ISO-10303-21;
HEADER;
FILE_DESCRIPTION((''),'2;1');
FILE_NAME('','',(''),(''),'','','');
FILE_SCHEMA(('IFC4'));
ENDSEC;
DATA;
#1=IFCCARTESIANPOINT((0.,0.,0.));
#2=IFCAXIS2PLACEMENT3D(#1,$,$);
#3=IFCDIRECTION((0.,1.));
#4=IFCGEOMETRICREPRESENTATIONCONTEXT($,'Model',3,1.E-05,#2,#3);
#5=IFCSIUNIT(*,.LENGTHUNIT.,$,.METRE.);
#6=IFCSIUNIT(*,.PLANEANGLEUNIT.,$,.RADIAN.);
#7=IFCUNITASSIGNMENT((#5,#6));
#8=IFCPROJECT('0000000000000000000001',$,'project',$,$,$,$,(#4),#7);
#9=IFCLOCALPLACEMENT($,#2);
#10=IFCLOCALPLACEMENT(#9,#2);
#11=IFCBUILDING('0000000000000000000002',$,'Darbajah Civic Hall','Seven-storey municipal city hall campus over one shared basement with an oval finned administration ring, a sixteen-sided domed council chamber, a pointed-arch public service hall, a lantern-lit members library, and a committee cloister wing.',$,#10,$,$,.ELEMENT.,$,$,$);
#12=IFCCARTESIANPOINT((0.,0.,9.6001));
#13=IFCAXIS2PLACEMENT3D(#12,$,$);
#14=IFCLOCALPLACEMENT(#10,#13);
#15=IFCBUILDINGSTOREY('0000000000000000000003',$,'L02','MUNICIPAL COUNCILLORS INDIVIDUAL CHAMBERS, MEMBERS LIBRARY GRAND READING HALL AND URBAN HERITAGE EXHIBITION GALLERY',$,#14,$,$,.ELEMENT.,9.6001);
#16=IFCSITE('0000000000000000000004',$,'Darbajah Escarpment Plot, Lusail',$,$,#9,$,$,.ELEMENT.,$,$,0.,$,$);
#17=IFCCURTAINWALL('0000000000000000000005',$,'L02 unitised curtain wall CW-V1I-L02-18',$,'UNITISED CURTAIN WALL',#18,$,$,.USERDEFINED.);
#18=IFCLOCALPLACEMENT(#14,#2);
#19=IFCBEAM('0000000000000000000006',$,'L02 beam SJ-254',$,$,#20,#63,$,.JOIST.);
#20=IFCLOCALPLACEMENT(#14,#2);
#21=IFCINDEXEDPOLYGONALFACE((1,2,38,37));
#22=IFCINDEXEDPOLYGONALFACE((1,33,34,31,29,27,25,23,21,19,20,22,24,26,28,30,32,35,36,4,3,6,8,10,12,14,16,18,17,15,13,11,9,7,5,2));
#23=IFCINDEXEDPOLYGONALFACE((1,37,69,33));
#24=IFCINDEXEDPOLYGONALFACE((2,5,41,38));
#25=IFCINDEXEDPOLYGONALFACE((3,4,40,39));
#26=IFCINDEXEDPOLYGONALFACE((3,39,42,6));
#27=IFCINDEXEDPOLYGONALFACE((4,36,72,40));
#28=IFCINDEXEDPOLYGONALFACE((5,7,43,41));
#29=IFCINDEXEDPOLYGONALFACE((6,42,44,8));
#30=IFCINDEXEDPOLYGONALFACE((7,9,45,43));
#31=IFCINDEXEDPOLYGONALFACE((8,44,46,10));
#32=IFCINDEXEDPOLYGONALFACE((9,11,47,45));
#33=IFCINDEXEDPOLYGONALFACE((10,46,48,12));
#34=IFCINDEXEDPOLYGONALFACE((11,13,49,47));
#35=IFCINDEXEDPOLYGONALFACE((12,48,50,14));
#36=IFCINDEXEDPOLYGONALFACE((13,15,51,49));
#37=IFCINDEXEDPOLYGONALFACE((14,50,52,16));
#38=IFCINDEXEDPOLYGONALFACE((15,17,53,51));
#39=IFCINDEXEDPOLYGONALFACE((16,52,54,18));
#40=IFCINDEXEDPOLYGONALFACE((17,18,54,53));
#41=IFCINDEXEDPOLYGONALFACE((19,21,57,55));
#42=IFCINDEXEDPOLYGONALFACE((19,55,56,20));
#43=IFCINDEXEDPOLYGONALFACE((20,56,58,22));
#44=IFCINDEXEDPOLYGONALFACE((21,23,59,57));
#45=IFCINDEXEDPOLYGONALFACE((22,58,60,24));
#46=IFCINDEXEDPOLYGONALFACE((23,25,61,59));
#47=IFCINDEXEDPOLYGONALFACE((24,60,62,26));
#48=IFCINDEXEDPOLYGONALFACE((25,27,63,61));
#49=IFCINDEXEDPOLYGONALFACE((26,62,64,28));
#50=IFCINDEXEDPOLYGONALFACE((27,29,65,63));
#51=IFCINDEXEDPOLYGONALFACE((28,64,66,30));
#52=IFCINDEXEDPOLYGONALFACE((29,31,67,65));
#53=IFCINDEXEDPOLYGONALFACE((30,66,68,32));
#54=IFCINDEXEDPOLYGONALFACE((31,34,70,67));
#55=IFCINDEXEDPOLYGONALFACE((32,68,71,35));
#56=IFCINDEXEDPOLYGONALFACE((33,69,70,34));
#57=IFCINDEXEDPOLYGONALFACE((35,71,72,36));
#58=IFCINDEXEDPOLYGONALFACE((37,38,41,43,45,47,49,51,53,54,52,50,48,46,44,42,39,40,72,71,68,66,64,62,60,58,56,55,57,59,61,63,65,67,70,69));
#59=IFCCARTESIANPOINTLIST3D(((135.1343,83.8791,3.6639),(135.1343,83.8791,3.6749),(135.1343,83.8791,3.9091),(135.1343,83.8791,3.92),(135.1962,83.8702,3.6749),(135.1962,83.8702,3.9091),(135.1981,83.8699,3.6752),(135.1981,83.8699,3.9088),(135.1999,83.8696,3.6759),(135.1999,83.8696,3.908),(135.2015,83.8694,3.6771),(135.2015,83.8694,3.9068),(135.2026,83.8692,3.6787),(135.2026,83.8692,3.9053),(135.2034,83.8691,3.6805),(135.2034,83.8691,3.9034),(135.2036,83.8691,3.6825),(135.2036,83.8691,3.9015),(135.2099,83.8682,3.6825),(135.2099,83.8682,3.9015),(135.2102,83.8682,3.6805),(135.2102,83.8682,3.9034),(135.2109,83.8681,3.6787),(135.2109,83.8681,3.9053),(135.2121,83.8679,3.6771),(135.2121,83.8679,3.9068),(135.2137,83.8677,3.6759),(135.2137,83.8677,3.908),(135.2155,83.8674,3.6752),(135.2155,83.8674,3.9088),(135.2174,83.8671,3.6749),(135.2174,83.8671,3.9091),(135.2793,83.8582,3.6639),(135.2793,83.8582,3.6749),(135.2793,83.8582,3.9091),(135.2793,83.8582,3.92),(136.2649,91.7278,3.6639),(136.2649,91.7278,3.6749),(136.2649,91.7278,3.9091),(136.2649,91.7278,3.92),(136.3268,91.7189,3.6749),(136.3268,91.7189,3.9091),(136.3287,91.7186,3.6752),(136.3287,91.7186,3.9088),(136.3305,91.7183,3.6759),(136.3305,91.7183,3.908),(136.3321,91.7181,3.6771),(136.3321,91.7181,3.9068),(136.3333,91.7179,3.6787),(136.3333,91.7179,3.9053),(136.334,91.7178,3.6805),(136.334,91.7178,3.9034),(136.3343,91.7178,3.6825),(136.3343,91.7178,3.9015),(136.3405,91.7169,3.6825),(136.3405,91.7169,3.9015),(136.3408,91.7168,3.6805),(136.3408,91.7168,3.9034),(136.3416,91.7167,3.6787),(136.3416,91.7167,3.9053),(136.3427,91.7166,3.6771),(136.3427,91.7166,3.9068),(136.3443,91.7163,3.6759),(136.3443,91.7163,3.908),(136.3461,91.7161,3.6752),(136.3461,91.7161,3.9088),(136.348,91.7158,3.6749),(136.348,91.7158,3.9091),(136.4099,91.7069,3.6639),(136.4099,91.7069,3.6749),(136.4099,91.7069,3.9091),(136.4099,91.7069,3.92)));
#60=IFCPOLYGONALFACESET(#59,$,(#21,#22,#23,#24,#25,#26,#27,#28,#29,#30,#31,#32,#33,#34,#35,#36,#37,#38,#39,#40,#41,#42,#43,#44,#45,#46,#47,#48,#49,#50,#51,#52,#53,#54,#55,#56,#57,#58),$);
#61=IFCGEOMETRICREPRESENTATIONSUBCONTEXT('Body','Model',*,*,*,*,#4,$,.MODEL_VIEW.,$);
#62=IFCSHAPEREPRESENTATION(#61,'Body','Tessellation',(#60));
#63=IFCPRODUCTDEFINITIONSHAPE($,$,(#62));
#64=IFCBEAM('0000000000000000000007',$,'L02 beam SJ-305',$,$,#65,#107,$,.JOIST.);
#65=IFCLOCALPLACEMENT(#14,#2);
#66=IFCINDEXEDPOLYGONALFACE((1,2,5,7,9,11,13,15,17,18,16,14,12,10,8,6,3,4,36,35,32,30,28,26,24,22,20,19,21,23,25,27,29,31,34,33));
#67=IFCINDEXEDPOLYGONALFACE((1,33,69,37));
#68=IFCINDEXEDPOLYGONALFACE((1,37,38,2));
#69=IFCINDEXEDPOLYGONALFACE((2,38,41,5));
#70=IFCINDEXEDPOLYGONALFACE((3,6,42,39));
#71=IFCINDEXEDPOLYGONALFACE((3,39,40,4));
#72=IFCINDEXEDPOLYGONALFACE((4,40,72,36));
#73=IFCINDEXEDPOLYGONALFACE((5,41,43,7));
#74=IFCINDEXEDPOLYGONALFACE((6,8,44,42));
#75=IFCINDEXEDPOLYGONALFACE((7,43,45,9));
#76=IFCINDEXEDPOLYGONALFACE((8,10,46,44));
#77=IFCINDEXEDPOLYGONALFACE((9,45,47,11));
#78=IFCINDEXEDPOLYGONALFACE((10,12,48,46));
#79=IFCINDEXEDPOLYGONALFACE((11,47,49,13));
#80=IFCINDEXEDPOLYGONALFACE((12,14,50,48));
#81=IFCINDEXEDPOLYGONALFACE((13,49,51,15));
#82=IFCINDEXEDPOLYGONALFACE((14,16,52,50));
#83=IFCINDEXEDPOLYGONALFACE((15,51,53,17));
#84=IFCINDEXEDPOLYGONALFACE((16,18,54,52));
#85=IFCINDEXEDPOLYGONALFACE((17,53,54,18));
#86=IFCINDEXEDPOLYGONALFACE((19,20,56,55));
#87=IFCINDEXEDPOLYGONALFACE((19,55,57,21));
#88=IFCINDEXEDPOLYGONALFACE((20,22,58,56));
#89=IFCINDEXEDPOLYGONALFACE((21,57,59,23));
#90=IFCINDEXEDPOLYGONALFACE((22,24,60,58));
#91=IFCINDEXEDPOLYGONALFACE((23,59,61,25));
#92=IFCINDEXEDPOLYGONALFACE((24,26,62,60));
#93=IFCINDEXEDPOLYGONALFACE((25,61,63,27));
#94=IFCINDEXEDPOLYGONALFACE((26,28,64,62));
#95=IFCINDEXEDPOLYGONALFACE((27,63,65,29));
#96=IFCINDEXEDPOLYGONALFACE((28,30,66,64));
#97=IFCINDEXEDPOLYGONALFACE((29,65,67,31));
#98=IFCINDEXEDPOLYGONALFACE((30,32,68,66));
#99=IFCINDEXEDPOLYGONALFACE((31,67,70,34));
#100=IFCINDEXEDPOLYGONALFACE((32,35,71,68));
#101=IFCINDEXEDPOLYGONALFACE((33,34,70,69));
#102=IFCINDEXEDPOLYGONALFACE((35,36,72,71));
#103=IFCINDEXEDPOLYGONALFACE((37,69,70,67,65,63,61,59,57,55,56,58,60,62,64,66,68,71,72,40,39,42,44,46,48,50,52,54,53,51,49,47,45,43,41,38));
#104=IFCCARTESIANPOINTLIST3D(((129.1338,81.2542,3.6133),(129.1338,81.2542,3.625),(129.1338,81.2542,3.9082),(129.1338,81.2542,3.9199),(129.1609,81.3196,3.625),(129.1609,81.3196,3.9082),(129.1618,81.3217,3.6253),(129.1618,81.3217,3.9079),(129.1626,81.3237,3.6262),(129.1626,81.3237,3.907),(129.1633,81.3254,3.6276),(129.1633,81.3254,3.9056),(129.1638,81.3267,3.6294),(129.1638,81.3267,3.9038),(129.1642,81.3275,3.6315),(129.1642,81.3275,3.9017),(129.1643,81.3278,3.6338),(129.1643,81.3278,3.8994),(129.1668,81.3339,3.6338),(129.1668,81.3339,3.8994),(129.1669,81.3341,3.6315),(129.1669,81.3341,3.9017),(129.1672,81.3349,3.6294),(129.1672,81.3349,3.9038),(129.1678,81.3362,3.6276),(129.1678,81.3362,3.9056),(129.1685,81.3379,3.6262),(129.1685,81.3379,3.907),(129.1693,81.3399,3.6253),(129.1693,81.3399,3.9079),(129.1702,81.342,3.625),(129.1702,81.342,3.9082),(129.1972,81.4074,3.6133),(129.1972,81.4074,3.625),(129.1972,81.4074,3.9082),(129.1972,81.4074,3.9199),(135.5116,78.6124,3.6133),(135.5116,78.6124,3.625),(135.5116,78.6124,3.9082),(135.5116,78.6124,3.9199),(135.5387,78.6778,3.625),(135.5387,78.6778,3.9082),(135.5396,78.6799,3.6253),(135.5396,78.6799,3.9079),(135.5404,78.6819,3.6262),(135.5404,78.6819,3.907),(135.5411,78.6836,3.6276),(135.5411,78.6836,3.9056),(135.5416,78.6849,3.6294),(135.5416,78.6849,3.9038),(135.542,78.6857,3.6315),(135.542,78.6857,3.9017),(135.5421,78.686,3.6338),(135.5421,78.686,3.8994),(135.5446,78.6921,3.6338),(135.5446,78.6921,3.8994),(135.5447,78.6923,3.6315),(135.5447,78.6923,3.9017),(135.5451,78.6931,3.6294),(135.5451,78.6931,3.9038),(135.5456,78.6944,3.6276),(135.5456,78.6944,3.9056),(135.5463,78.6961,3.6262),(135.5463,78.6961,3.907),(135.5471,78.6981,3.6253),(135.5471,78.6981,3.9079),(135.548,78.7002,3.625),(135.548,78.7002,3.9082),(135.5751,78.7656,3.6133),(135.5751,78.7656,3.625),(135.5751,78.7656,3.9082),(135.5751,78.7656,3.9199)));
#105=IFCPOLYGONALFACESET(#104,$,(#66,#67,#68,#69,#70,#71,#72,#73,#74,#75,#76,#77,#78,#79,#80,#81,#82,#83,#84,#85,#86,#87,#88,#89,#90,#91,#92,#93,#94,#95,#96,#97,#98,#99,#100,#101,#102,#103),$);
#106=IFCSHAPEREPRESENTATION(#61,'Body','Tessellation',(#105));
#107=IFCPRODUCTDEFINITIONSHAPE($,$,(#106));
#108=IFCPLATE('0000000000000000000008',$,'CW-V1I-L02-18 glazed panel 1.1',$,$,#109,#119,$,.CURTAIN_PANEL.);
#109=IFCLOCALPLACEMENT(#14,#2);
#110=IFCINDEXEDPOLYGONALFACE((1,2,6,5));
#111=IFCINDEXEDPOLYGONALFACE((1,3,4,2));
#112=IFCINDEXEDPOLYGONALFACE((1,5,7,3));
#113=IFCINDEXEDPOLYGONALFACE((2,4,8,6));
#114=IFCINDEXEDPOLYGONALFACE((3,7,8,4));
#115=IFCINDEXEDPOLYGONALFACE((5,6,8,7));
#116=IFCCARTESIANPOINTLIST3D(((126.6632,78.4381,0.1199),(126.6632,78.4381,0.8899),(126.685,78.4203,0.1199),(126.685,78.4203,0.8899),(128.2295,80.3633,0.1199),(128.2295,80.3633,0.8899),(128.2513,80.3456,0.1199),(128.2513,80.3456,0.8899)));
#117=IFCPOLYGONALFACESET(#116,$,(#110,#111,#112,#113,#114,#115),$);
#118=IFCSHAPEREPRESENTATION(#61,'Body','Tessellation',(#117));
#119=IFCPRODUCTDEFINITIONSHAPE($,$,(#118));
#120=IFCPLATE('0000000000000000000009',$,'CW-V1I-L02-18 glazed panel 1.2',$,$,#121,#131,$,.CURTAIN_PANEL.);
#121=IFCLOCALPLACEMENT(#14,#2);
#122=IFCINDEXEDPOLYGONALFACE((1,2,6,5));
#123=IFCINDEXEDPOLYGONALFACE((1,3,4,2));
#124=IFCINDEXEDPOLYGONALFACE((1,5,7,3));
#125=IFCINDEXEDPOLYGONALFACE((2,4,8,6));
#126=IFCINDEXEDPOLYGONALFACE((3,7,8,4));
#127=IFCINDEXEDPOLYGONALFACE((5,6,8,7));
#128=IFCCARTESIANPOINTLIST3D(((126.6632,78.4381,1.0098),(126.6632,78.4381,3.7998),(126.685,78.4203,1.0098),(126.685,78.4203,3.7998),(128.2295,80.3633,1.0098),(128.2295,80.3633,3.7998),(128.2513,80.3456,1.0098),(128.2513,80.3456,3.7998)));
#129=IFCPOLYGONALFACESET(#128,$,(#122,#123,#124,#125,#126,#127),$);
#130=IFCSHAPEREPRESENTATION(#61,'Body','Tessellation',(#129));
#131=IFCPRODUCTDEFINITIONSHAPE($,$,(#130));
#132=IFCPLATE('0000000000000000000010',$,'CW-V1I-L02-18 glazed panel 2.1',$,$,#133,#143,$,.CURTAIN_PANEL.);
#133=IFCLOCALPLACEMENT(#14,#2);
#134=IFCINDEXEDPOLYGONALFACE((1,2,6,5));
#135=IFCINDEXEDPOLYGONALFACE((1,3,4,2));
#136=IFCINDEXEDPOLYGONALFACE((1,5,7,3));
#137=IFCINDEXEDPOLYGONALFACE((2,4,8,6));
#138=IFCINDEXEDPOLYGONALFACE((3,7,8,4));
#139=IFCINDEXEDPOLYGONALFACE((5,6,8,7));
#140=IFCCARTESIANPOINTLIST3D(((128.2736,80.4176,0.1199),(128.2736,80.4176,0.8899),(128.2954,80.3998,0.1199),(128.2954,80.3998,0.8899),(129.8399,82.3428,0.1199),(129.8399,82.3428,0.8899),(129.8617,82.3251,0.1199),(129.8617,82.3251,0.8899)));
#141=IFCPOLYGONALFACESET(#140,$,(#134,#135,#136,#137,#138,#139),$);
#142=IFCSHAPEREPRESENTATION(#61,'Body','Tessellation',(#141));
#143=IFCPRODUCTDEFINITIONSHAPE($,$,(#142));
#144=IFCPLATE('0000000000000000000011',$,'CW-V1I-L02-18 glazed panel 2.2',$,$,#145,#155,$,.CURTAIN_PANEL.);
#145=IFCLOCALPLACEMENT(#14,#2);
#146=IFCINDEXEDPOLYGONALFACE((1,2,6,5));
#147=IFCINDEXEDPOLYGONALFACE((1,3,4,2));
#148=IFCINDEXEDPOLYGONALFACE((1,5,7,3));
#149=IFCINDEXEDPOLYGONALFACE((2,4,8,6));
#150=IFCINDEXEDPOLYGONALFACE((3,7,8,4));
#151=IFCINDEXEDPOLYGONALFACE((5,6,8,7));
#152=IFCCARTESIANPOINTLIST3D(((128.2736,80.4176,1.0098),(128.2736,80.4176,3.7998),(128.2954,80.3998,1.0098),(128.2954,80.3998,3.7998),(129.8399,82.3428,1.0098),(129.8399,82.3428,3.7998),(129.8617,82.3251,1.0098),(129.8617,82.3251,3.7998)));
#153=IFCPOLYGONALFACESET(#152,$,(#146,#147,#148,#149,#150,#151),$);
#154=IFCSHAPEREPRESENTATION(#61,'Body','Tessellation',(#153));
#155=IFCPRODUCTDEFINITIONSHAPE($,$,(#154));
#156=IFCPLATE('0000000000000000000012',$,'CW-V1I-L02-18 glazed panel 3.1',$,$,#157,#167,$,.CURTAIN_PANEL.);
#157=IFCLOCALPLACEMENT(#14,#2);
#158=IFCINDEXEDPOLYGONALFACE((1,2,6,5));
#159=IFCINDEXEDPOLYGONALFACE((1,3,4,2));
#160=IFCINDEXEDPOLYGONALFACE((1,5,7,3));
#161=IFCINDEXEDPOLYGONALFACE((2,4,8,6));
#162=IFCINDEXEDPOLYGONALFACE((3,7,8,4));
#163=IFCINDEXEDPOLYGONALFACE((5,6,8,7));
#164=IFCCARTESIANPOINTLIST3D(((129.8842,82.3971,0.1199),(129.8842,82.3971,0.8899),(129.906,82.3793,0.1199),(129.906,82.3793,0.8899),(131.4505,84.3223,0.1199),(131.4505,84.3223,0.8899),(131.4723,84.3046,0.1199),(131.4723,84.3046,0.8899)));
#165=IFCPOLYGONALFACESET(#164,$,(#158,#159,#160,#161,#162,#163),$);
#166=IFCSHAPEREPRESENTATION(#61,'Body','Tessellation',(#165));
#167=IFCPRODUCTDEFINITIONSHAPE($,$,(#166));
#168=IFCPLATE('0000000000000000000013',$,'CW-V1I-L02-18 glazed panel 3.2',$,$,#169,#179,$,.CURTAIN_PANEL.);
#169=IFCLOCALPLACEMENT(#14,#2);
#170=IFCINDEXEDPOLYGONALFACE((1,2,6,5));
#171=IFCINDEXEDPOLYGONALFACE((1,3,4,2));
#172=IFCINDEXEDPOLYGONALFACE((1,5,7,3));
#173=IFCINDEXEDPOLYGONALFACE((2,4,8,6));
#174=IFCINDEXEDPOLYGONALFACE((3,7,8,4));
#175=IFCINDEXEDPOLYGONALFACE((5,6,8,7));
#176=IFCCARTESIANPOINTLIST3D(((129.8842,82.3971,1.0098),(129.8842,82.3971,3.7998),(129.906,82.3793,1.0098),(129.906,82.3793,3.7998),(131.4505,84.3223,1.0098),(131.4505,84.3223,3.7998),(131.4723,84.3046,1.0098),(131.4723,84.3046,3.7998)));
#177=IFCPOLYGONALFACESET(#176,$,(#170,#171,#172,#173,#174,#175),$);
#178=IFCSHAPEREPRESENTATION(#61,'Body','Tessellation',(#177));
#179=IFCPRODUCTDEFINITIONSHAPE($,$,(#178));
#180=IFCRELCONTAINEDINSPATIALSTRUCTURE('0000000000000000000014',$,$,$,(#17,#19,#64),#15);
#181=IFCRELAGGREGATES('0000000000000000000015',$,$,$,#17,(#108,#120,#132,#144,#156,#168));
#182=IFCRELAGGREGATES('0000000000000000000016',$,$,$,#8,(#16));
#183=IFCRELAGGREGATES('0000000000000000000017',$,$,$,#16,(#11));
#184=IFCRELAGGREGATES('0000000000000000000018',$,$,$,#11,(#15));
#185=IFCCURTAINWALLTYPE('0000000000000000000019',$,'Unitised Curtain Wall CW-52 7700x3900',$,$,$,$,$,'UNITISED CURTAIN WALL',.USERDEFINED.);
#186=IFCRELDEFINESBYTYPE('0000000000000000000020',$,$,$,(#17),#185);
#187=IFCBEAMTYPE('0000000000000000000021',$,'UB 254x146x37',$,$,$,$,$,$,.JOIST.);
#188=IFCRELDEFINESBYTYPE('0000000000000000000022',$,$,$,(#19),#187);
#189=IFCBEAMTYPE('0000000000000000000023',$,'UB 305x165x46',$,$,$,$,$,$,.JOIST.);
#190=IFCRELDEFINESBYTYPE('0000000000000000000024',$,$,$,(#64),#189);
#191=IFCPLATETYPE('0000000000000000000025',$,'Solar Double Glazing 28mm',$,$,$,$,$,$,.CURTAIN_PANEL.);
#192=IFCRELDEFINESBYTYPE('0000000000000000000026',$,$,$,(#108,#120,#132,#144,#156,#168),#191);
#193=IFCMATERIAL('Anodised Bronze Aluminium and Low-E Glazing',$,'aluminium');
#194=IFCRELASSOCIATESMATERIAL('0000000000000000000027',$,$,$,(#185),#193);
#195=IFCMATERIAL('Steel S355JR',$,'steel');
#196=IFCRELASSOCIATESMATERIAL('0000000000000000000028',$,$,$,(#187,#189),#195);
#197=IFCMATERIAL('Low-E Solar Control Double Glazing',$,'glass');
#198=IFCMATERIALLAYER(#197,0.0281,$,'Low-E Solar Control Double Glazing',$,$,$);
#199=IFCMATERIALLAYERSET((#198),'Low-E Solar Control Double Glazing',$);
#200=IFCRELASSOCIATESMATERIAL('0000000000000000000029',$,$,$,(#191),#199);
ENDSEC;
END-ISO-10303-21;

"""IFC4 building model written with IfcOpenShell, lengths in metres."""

from ifc_helpers import new_model, si_unit, direction, frame, origin, origin_2d, place, context, subcontext, project, spatial, rectangle, i_section, extrude, material, layer, layer_set, material_profile, profile_set, type_object, element, aggregate, save


model = new_model("IFC4")

# Units and contexts
model_context = context("Model", 3, precision=1e-05, world=origin(), true_north=direction((0.0, 1.0)))
body_context = subcontext(model_context, "Body", "Model", "MODEL_VIEW")
ifc_project = project(units=[si_unit("LENGTHUNIT", "METRE"), si_unit("PLANEANGLEUNIT", "RADIAN")], contexts=[model_context])

# Site, building, storey
site_placement = place(None, origin())
site = spatial("IfcSite", under=ifc_project, at=site_placement, Name="Darbajah Escarpment Plot, Lusail", CompositionType="ELEMENT", RefElevation=0.0)
building_placement = place(site_placement, origin())
building = spatial("IfcBuilding", under=site, at=building_placement, Name="Darbajah Civic Hall", Description="Seven-storey municipal city hall campus over one shared basement with an oval finned administration ring, a sixteen-sided domed council chamber, a pointed-arch public service hall, a lantern-lit members library, and a committee cloister wing.", CompositionType="ELEMENT")
storey_placement = place(building_placement, frame((0.0, 0.0, 9.6001)))
storey = spatial("IfcBuildingStorey", under=building, at=storey_placement, Name="L02", Description="MUNICIPAL COUNCILLORS INDIVIDUAL CHAMBERS, MEMBERS LIBRARY GRAND READING HALL AND URBAN HERITAGE EXHIBITION GALLERY", CompositionType="ELEMENT", Elevation=9.6001)

# Curtain wall
ifc_material_1 = material(Name="Anodised Bronze Aluminium and Low-E Glazing", Category="aluminium")
curtain_wall_type_1 = type_object("IfcCurtainWallType", Name="Unitised Curtain Wall CW-52 7700x3900", ElementType="UNITISED CURTAIN WALL", PredefinedType="USERDEFINED", material=ifc_material_1)
curtain_wall_1_placement = place(storey_placement, origin())
curtain_wall_1 = element("IfcCurtainWall", 1, at=curtain_wall_1_placement, inside=storey, type_object=curtain_wall_type_1, Name="L02 unitised curtain wall CW-V1I-L02-18", ObjectType="UNITISED CURTAIN WALL", PredefinedType="USERDEFINED")

# Beams
ifc_material_2 = material(Name="Steel S355JR", Category="steel")
ifc_material_profile_1 = material_profile(ifc_material_2, i_section(OverallWidth=0.1465, OverallDepth=0.2561, WebThickness=0.0063, FlangeThickness=0.011, FilletRadius=0.0076, at=origin_2d()), Name="UB 254x146x37")
ifc_profile_set_1 = profile_set([ifc_material_profile_1], Name="Steel S355JR")
beam_type_1 = type_object("IfcBeamType", Name="UB 254x146x37", PredefinedType="JOIST", material=ifc_profile_set_1)
beam_1_placement = place(storey_placement, frame((135.2068, 83.8687, 3.792), z_axis=(0.142581, 0.989783, 0.0), x_axis=(-0.989783, 0.142581, 0.0)))
element("IfcBeam", 2, at=beam_1_placement, inside=storey, type_object=beam_type_1, Name="L02 beam SJ-254", PredefinedType="JOIST", context=body_context, shape_type="SweptSolid", body=[
    extrude(i_section(OverallWidth=0.1465, OverallDepth=0.2561, WebThickness=0.0063, FlangeThickness=0.011, FilletRadius=0.0076, at=origin_2d()), origin(), (0.0, 0.0, 1.0), 7.9297),
])
ifc_material_profile_2 = material_profile(ifc_material_2, i_section(OverallWidth=0.1658, OverallDepth=0.3066, WebThickness=0.0066, FlangeThickness=0.0117, FilletRadius=0.0088, at=origin_2d()), Name="UB 305x165x46")
ifc_profile_set_2 = profile_set([ifc_material_profile_2], Name="Steel S355JR")
beam_type_2 = type_object("IfcBeamType", Name="UB 305x165x46", PredefinedType="JOIST", material=ifc_profile_set_2)
beam_2_placement = place(storey_placement, frame((129.1655, 81.3308, 3.7666), z_axis=(0.923878, -0.382686, 0.0), x_axis=(0.382686, 0.923878, 0.0)))
element("IfcBeam", 3, at=beam_2_placement, inside=storey, type_object=beam_type_2, Name="L02 beam SJ-305", PredefinedType="JOIST", context=body_context, shape_type="SweptSolid", body=[
    extrude(i_section(OverallWidth=0.1658, OverallDepth=0.3066, WebThickness=0.0066, FlangeThickness=0.0117, FilletRadius=0.0088, at=origin_2d()), origin(), (0.0, 0.0, 1.0), 6.9033),
])

# Plates
ifc_material_3 = material(Name="Low-E Solar Control Double Glazing", Category="glass")
ifc_layer_1 = layer(ifc_material_3, 0.0281, Name="Low-E Solar Control Double Glazing")
ifc_layer_set_1 = layer_set([ifc_layer_1], Name="Low-E Solar Control Double Glazing")
plate_type = type_object("IfcPlateType", Name="Solar Double Glazing 28mm", PredefinedType="CURTAIN_PANEL", material=ifc_layer_set_1)
plate_1_placement = place(storey_placement, frame((127.4573, 79.3918, 0.1199), z_axis=(0.0, 0.0, 1.0), x_axis=(0.631082, 0.775716, 0.0)))
plate_1 = element("IfcPlate", 4, at=plate_1_placement, type_object=plate_type, Name="CW-V1I-L02-18 glazed panel 1.1", PredefinedType="CURTAIN_PANEL", context=body_context, shape_type="SweptSolid", body=[
    extrude(rectangle(XDim=2.4819, YDim=0.0281, at=origin_2d()), origin(), (0.0, 0.0, 1.0), 0.77),
])
plate_2_placement = place(storey_placement, frame((127.4573, 79.3918, 1.0098), z_axis=(0.0, 0.0, 1.0), x_axis=(0.631082, 0.775716, 0.0)))
plate_2 = element("IfcPlate", 5, at=plate_2_placement, type_object=plate_type, Name="CW-V1I-L02-18 glazed panel 1.2", PredefinedType="CURTAIN_PANEL", context=body_context, shape_type="SweptSolid", body=[
    extrude(rectangle(XDim=2.4819, YDim=0.0281, at=origin_2d()), origin(), (0.0, 0.0, 1.0), 2.79),
])
plate_3_placement = place(storey_placement, frame((129.0676, 81.3713, 0.1199), z_axis=(0.0, 0.0, 1.0), x_axis=(0.631082, 0.775716, 0.0)))
plate_3 = element("IfcPlate", 6, at=plate_3_placement, type_object=plate_type, Name="CW-V1I-L02-18 glazed panel 2.1", PredefinedType="CURTAIN_PANEL", context=body_context, shape_type="SweptSolid", body=[
    extrude(rectangle(XDim=2.4819, YDim=0.0281, at=origin_2d()), origin(), (0.0, 0.0, 1.0), 0.77),
])
plate_4_placement = place(storey_placement, frame((129.0676, 81.3713, 1.0098), z_axis=(0.0, 0.0, 1.0), x_axis=(0.631082, 0.775716, 0.0)))
plate_4 = element("IfcPlate", 7, at=plate_4_placement, type_object=plate_type, Name="CW-V1I-L02-18 glazed panel 2.2", PredefinedType="CURTAIN_PANEL", context=body_context, shape_type="SweptSolid", body=[
    extrude(rectangle(XDim=2.4819, YDim=0.0281, at=origin_2d()), origin(), (0.0, 0.0, 1.0), 2.79),
])
plate_5_placement = place(storey_placement, frame((130.6782, 83.3508, 0.1199), z_axis=(0.0, 0.0, 1.0), x_axis=(0.631082, 0.775716, 0.0)))
plate_5 = element("IfcPlate", 8, at=plate_5_placement, type_object=plate_type, Name="CW-V1I-L02-18 glazed panel 3.1", PredefinedType="CURTAIN_PANEL", context=body_context, shape_type="SweptSolid", body=[
    extrude(rectangle(XDim=2.4819, YDim=0.0281, at=origin_2d()), origin(), (0.0, 0.0, 1.0), 0.77),
])
plate_6_placement = place(storey_placement, frame((130.6782, 83.3508, 1.0098), z_axis=(0.0, 0.0, 1.0), x_axis=(0.631082, 0.775716, 0.0)))
plate_6 = element("IfcPlate", 9, at=plate_6_placement, type_object=plate_type, Name="CW-V1I-L02-18 glazed panel 3.2", PredefinedType="CURTAIN_PANEL", context=body_context, shape_type="SweptSolid", body=[
    extrude(rectangle(XDim=2.4819, YDim=0.0281, at=origin_2d()), origin(), (0.0, 0.0, 1.0), 2.79),
])
aggregate(curtain_wall_1, [plate_1, plate_2, plate_3, plate_4, plate_5, plate_6])

save(model, "model.ifc")
